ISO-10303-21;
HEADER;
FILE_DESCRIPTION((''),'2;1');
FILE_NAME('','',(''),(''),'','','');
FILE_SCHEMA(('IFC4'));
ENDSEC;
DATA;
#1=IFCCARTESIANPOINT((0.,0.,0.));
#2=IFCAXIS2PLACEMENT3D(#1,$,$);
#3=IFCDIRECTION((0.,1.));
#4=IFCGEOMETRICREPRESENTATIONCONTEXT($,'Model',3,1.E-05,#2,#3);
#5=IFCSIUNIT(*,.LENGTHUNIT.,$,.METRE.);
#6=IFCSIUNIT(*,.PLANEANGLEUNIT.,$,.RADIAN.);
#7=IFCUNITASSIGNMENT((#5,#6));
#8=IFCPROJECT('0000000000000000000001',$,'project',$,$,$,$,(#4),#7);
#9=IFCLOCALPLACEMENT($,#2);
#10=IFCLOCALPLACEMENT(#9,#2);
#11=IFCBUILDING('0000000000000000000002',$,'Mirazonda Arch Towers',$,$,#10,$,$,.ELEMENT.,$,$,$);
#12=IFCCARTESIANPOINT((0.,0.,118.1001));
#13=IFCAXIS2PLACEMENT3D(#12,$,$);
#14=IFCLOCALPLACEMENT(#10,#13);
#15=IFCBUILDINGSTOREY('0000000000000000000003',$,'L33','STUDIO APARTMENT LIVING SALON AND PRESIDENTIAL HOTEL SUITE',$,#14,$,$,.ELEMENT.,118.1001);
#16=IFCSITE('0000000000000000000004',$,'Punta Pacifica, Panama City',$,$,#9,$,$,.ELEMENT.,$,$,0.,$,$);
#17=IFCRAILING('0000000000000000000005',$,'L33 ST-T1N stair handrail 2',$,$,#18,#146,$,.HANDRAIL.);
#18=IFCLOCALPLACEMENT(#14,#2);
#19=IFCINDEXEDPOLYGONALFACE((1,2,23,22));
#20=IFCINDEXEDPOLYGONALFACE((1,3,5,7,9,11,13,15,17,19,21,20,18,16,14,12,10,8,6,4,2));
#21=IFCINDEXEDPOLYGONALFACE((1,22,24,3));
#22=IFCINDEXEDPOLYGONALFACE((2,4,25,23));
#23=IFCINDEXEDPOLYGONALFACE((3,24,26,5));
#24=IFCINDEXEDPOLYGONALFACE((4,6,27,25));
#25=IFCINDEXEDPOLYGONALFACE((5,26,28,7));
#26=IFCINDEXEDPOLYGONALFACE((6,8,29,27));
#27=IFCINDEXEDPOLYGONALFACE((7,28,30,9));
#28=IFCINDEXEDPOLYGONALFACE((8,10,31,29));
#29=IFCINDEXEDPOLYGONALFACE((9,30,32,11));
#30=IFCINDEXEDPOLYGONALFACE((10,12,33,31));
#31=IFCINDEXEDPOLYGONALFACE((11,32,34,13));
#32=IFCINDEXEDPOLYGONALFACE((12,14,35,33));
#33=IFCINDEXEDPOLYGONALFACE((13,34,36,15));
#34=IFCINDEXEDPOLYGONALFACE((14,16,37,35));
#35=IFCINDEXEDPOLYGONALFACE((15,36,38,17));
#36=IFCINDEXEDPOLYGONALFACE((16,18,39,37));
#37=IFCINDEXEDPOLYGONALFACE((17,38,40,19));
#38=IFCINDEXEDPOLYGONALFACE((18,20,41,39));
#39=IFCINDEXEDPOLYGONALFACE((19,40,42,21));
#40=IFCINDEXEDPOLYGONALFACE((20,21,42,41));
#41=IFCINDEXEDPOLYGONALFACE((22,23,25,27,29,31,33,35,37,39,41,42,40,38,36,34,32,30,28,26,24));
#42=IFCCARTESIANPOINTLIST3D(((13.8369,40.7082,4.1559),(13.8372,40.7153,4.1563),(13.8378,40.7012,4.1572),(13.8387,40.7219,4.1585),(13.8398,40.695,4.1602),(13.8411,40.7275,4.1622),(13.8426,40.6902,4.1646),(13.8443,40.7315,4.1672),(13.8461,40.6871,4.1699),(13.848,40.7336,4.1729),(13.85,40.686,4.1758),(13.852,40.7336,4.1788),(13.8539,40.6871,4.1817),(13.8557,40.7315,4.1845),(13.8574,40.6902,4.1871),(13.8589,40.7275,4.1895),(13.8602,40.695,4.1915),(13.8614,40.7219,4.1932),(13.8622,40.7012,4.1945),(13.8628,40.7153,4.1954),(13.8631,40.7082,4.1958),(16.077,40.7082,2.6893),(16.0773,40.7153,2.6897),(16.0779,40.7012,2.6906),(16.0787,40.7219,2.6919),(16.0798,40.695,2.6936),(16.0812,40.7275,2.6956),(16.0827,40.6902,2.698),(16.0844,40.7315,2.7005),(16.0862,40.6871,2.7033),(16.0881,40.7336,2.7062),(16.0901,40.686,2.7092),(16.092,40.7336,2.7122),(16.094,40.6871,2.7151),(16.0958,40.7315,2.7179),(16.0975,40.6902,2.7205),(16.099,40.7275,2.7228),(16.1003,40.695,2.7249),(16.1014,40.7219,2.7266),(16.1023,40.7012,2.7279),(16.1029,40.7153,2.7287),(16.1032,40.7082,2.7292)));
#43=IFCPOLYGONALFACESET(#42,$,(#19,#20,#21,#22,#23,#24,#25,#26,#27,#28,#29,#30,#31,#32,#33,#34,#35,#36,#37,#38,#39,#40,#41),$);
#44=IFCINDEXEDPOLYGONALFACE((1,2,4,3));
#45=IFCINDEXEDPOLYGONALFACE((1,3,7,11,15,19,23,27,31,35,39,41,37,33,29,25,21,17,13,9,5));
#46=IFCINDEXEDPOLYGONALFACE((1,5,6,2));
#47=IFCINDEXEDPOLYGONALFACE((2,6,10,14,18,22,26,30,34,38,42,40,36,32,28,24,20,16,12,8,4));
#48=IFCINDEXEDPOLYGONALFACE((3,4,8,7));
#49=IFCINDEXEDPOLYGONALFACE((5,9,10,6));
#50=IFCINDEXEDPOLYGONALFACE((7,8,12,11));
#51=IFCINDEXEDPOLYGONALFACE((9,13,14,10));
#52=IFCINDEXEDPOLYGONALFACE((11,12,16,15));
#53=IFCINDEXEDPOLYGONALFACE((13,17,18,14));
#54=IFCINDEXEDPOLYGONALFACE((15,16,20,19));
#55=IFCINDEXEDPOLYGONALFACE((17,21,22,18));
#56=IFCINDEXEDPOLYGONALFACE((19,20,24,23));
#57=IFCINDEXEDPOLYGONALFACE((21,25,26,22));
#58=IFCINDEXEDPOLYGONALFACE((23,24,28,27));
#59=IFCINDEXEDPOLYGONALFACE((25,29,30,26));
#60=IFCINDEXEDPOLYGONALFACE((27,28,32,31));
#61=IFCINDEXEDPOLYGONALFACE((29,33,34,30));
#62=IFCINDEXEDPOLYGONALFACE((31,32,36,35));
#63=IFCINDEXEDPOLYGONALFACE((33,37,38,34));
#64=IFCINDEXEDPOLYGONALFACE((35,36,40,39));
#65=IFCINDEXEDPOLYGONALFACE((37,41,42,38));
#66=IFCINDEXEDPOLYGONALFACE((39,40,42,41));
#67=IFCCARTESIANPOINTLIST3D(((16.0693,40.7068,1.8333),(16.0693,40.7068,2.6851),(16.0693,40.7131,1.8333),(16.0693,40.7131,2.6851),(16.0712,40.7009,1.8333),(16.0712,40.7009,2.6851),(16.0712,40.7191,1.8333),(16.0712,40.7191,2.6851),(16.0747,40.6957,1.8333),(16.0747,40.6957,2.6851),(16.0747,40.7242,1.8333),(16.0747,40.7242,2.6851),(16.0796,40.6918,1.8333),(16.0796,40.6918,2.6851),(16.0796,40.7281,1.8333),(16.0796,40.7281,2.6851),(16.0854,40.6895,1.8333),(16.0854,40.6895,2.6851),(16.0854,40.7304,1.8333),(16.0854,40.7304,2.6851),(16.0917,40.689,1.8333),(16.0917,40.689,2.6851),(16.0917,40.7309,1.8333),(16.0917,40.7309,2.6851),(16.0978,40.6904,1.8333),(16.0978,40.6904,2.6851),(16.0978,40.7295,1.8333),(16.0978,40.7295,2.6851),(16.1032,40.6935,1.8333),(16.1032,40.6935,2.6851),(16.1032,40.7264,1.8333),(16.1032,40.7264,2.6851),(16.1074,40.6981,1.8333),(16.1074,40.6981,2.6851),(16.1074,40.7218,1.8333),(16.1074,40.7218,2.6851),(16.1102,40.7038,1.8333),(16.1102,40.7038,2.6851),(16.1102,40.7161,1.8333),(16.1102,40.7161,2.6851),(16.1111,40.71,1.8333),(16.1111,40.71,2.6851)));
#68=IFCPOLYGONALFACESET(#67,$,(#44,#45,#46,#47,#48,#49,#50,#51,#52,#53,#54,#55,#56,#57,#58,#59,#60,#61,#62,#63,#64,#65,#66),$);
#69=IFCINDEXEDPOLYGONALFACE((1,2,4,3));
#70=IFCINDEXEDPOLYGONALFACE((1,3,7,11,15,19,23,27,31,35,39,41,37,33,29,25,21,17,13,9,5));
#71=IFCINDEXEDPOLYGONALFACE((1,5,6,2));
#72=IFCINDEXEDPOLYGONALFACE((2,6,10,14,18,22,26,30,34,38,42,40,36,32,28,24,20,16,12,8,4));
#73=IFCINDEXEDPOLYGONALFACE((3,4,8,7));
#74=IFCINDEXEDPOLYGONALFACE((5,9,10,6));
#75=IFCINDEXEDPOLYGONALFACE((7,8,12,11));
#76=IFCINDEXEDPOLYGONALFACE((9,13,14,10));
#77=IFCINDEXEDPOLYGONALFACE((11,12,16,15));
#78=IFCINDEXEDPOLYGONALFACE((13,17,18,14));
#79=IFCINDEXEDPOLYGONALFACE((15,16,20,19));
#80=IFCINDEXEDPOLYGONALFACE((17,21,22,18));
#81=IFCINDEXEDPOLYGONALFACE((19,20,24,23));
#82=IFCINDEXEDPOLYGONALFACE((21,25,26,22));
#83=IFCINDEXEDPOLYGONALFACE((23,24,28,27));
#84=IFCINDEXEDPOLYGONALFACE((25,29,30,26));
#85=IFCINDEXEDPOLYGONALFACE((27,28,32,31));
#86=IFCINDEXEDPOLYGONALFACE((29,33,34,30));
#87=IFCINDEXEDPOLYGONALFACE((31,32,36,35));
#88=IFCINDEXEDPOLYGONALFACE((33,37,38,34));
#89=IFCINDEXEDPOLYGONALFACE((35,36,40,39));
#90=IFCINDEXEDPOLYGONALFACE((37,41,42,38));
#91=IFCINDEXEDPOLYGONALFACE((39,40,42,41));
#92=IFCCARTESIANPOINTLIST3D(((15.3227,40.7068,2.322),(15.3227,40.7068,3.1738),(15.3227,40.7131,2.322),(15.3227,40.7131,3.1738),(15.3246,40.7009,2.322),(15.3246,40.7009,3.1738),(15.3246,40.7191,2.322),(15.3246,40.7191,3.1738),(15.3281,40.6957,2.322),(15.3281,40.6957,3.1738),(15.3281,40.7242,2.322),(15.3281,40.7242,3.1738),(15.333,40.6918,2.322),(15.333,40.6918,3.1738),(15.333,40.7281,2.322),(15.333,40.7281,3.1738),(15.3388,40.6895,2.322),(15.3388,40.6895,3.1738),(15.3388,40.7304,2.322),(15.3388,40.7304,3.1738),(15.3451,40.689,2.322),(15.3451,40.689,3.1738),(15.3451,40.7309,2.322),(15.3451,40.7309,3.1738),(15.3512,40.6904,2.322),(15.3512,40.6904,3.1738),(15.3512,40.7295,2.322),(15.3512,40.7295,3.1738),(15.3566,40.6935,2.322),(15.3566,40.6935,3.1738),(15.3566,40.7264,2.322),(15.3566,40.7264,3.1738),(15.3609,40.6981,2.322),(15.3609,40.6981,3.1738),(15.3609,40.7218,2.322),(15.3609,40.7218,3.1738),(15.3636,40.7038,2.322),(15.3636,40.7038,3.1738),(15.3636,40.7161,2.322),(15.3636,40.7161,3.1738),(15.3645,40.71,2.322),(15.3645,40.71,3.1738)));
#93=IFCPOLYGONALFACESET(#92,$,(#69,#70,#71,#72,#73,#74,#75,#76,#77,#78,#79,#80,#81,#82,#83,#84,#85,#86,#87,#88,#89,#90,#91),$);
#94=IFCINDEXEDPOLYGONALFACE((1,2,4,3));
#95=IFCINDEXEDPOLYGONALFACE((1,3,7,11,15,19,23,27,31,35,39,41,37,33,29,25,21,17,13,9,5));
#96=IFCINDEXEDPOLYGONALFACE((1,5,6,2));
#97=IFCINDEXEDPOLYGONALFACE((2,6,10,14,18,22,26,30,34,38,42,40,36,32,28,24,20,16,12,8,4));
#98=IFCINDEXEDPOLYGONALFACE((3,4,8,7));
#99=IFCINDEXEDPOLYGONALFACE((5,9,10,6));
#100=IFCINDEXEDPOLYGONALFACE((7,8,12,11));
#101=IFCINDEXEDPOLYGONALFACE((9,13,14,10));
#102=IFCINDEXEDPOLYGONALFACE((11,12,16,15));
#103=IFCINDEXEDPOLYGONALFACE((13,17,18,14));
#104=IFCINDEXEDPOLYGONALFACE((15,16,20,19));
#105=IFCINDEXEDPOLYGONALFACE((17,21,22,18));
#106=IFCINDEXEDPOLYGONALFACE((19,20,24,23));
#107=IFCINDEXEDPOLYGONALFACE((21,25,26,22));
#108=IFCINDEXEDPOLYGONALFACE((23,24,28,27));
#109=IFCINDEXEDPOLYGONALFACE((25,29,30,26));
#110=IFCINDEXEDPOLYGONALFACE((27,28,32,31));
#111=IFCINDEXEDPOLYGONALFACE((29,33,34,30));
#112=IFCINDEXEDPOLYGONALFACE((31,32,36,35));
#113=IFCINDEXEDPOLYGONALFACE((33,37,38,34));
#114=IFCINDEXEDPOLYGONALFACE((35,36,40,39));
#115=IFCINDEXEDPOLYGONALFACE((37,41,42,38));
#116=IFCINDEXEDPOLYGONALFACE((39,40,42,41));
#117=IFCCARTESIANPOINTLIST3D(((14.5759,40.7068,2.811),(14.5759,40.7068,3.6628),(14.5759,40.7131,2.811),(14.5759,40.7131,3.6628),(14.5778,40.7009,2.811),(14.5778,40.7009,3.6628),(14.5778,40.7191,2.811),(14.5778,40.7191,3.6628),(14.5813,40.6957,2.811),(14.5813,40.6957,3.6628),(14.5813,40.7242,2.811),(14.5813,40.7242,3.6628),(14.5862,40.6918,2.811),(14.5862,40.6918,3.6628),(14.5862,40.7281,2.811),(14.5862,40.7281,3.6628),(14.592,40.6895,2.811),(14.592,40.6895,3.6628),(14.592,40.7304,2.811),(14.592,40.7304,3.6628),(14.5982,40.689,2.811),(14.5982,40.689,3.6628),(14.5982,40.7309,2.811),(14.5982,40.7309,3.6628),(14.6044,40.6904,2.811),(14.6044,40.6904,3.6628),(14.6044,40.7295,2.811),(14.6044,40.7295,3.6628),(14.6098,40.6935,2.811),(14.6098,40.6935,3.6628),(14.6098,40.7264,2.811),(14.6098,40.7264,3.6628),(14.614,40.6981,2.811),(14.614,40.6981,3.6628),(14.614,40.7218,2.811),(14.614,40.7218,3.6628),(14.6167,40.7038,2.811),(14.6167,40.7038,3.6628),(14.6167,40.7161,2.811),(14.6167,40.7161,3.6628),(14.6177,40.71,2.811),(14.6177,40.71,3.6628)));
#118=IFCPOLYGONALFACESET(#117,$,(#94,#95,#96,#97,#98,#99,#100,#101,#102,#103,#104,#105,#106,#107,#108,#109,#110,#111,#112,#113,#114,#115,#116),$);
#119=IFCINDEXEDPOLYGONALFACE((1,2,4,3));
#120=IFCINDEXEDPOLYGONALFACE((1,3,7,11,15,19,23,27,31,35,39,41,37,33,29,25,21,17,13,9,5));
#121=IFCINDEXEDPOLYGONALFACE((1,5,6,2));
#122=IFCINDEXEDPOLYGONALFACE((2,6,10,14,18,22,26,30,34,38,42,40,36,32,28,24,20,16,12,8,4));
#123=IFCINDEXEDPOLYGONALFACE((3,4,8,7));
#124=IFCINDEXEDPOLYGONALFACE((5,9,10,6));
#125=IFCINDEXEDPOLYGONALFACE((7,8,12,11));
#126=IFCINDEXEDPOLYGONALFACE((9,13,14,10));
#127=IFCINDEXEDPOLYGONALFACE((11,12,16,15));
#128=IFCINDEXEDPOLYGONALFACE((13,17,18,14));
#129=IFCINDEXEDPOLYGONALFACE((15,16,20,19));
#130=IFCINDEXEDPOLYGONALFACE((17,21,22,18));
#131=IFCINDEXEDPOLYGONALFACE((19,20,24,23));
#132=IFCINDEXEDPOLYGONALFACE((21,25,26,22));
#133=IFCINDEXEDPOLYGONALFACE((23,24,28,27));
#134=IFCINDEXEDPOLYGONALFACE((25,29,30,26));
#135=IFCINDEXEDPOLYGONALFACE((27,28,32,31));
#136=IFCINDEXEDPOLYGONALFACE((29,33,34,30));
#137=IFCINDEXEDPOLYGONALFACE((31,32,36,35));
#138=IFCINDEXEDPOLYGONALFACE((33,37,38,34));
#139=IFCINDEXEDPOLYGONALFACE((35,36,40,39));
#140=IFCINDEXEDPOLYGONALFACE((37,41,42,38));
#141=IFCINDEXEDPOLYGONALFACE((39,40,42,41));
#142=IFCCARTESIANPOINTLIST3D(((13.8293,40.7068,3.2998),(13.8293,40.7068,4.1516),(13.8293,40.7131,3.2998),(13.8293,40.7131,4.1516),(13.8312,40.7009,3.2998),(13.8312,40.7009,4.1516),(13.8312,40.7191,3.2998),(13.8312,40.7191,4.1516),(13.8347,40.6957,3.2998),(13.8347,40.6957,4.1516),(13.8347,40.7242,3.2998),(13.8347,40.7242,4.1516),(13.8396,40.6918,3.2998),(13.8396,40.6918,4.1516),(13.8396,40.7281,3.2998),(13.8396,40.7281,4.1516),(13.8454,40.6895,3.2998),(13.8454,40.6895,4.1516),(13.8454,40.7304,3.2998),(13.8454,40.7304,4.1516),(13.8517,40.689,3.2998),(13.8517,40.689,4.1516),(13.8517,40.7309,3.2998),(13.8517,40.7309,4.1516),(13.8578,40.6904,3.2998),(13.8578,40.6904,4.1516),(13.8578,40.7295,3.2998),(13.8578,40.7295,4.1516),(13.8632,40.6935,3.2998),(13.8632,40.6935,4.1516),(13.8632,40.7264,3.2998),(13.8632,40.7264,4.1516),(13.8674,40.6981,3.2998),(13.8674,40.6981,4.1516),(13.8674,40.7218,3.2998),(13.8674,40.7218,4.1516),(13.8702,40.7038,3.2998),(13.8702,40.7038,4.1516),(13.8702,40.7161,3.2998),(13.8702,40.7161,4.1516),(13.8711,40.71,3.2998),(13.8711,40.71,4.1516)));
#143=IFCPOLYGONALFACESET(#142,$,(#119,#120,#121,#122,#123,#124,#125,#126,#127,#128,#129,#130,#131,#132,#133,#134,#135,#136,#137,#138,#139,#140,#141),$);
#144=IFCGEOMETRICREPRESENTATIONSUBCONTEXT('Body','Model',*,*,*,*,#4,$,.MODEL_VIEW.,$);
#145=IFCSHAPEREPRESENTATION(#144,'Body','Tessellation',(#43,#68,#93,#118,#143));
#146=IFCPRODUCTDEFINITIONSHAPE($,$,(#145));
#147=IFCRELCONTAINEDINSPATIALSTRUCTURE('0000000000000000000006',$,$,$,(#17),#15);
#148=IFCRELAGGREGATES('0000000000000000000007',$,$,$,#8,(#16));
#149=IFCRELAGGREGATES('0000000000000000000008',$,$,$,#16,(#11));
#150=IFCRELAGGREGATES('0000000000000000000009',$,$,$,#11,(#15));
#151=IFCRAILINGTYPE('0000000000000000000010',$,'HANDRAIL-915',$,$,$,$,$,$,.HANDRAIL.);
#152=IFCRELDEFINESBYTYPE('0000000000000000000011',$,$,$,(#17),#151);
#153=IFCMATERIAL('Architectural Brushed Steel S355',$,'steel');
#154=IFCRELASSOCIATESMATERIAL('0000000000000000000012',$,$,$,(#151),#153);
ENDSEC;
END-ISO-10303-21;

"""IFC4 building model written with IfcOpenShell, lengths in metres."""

from ifc_helpers import new_model, si_unit, direction, frame, origin, origin_2d, place, context, subcontext, project, spatial, circle, extrude, material, type_object, element, save


model = new_model("IFC4")

# Units and contexts
model_context = context("Model", 3, precision=1e-05, world=origin(), true_north=direction((0.0, 1.0)))
body_context = subcontext(model_context, "Body", "Model", "MODEL_VIEW")
ifc_project = project(units=[si_unit("LENGTHUNIT", "METRE"), si_unit("PLANEANGLEUNIT", "RADIAN")], contexts=[model_context])

# Site, building, storey
site_placement = place(None, origin())
site = spatial("IfcSite", under=ifc_project, at=site_placement, Name="Punta Pacifica, Panama City", CompositionType="ELEMENT", RefElevation=0.0)
building_placement = place(site_placement, origin())
building = spatial("IfcBuilding", under=site, at=building_placement, Name="Mirazonda Arch Towers", CompositionType="ELEMENT")
storey_placement = place(building_placement, frame((0.0, 0.0, 118.1001)))
storey = spatial("IfcBuildingStorey", under=building, at=storey_placement, Name="L33", Description="STUDIO APARTMENT LIVING SALON AND PRESIDENTIAL HOTEL SUITE", CompositionType="ELEMENT", Elevation=118.1001)

# Shared definitions
ifc_material_1 = material(Name="Architectural Brushed Steel S355", Category="steel")

# Railing
railing_type_1 = type_object("IfcRailingType", Name="HANDRAIL-915", PredefinedType="HANDRAIL", material=ifc_material_1)
railing_1_placement = place(storey_placement, frame((16.0901, 40.71, 1.8333)))
element("IfcRailing", 1, at=railing_1_placement, inside=storey, type_object=railing_type_1, Name="L33 ST-T1N stair handrail 2", PredefinedType="HANDRAIL", context=body_context, shape_type="SweptSolid", body=[
    extrude(circle(Radius=0.0239, at=origin_2d()), frame((0.0, 0.0, 0.876), z_axis=(-0.836637, 0.0, 0.547758), x_axis=(0.0, -1.0, 0.0)), (0.0, 0.0, 1.0), 2.6775),
    extrude(circle(Radius=0.021, at=origin_2d()), origin(), (0.0, 0.0, 1.0), 0.8518),
    extrude(circle(Radius=0.021, at=origin_2d()), frame((-0.7466, 0.0, 0.4888)), (0.0, 0.0, 1.0), 0.8518),
    extrude(circle(Radius=0.021, at=origin_2d()), frame((-1.4934, 0.0, 0.9778)), (0.0, 0.0, 1.0), 0.8518),
    extrude(circle(Radius=0.021, at=origin_2d()), frame((-2.24, 0.0, 1.4666)), (0.0, 0.0, 1.0), 0.8518),
])

save(model, "model.ifc")
